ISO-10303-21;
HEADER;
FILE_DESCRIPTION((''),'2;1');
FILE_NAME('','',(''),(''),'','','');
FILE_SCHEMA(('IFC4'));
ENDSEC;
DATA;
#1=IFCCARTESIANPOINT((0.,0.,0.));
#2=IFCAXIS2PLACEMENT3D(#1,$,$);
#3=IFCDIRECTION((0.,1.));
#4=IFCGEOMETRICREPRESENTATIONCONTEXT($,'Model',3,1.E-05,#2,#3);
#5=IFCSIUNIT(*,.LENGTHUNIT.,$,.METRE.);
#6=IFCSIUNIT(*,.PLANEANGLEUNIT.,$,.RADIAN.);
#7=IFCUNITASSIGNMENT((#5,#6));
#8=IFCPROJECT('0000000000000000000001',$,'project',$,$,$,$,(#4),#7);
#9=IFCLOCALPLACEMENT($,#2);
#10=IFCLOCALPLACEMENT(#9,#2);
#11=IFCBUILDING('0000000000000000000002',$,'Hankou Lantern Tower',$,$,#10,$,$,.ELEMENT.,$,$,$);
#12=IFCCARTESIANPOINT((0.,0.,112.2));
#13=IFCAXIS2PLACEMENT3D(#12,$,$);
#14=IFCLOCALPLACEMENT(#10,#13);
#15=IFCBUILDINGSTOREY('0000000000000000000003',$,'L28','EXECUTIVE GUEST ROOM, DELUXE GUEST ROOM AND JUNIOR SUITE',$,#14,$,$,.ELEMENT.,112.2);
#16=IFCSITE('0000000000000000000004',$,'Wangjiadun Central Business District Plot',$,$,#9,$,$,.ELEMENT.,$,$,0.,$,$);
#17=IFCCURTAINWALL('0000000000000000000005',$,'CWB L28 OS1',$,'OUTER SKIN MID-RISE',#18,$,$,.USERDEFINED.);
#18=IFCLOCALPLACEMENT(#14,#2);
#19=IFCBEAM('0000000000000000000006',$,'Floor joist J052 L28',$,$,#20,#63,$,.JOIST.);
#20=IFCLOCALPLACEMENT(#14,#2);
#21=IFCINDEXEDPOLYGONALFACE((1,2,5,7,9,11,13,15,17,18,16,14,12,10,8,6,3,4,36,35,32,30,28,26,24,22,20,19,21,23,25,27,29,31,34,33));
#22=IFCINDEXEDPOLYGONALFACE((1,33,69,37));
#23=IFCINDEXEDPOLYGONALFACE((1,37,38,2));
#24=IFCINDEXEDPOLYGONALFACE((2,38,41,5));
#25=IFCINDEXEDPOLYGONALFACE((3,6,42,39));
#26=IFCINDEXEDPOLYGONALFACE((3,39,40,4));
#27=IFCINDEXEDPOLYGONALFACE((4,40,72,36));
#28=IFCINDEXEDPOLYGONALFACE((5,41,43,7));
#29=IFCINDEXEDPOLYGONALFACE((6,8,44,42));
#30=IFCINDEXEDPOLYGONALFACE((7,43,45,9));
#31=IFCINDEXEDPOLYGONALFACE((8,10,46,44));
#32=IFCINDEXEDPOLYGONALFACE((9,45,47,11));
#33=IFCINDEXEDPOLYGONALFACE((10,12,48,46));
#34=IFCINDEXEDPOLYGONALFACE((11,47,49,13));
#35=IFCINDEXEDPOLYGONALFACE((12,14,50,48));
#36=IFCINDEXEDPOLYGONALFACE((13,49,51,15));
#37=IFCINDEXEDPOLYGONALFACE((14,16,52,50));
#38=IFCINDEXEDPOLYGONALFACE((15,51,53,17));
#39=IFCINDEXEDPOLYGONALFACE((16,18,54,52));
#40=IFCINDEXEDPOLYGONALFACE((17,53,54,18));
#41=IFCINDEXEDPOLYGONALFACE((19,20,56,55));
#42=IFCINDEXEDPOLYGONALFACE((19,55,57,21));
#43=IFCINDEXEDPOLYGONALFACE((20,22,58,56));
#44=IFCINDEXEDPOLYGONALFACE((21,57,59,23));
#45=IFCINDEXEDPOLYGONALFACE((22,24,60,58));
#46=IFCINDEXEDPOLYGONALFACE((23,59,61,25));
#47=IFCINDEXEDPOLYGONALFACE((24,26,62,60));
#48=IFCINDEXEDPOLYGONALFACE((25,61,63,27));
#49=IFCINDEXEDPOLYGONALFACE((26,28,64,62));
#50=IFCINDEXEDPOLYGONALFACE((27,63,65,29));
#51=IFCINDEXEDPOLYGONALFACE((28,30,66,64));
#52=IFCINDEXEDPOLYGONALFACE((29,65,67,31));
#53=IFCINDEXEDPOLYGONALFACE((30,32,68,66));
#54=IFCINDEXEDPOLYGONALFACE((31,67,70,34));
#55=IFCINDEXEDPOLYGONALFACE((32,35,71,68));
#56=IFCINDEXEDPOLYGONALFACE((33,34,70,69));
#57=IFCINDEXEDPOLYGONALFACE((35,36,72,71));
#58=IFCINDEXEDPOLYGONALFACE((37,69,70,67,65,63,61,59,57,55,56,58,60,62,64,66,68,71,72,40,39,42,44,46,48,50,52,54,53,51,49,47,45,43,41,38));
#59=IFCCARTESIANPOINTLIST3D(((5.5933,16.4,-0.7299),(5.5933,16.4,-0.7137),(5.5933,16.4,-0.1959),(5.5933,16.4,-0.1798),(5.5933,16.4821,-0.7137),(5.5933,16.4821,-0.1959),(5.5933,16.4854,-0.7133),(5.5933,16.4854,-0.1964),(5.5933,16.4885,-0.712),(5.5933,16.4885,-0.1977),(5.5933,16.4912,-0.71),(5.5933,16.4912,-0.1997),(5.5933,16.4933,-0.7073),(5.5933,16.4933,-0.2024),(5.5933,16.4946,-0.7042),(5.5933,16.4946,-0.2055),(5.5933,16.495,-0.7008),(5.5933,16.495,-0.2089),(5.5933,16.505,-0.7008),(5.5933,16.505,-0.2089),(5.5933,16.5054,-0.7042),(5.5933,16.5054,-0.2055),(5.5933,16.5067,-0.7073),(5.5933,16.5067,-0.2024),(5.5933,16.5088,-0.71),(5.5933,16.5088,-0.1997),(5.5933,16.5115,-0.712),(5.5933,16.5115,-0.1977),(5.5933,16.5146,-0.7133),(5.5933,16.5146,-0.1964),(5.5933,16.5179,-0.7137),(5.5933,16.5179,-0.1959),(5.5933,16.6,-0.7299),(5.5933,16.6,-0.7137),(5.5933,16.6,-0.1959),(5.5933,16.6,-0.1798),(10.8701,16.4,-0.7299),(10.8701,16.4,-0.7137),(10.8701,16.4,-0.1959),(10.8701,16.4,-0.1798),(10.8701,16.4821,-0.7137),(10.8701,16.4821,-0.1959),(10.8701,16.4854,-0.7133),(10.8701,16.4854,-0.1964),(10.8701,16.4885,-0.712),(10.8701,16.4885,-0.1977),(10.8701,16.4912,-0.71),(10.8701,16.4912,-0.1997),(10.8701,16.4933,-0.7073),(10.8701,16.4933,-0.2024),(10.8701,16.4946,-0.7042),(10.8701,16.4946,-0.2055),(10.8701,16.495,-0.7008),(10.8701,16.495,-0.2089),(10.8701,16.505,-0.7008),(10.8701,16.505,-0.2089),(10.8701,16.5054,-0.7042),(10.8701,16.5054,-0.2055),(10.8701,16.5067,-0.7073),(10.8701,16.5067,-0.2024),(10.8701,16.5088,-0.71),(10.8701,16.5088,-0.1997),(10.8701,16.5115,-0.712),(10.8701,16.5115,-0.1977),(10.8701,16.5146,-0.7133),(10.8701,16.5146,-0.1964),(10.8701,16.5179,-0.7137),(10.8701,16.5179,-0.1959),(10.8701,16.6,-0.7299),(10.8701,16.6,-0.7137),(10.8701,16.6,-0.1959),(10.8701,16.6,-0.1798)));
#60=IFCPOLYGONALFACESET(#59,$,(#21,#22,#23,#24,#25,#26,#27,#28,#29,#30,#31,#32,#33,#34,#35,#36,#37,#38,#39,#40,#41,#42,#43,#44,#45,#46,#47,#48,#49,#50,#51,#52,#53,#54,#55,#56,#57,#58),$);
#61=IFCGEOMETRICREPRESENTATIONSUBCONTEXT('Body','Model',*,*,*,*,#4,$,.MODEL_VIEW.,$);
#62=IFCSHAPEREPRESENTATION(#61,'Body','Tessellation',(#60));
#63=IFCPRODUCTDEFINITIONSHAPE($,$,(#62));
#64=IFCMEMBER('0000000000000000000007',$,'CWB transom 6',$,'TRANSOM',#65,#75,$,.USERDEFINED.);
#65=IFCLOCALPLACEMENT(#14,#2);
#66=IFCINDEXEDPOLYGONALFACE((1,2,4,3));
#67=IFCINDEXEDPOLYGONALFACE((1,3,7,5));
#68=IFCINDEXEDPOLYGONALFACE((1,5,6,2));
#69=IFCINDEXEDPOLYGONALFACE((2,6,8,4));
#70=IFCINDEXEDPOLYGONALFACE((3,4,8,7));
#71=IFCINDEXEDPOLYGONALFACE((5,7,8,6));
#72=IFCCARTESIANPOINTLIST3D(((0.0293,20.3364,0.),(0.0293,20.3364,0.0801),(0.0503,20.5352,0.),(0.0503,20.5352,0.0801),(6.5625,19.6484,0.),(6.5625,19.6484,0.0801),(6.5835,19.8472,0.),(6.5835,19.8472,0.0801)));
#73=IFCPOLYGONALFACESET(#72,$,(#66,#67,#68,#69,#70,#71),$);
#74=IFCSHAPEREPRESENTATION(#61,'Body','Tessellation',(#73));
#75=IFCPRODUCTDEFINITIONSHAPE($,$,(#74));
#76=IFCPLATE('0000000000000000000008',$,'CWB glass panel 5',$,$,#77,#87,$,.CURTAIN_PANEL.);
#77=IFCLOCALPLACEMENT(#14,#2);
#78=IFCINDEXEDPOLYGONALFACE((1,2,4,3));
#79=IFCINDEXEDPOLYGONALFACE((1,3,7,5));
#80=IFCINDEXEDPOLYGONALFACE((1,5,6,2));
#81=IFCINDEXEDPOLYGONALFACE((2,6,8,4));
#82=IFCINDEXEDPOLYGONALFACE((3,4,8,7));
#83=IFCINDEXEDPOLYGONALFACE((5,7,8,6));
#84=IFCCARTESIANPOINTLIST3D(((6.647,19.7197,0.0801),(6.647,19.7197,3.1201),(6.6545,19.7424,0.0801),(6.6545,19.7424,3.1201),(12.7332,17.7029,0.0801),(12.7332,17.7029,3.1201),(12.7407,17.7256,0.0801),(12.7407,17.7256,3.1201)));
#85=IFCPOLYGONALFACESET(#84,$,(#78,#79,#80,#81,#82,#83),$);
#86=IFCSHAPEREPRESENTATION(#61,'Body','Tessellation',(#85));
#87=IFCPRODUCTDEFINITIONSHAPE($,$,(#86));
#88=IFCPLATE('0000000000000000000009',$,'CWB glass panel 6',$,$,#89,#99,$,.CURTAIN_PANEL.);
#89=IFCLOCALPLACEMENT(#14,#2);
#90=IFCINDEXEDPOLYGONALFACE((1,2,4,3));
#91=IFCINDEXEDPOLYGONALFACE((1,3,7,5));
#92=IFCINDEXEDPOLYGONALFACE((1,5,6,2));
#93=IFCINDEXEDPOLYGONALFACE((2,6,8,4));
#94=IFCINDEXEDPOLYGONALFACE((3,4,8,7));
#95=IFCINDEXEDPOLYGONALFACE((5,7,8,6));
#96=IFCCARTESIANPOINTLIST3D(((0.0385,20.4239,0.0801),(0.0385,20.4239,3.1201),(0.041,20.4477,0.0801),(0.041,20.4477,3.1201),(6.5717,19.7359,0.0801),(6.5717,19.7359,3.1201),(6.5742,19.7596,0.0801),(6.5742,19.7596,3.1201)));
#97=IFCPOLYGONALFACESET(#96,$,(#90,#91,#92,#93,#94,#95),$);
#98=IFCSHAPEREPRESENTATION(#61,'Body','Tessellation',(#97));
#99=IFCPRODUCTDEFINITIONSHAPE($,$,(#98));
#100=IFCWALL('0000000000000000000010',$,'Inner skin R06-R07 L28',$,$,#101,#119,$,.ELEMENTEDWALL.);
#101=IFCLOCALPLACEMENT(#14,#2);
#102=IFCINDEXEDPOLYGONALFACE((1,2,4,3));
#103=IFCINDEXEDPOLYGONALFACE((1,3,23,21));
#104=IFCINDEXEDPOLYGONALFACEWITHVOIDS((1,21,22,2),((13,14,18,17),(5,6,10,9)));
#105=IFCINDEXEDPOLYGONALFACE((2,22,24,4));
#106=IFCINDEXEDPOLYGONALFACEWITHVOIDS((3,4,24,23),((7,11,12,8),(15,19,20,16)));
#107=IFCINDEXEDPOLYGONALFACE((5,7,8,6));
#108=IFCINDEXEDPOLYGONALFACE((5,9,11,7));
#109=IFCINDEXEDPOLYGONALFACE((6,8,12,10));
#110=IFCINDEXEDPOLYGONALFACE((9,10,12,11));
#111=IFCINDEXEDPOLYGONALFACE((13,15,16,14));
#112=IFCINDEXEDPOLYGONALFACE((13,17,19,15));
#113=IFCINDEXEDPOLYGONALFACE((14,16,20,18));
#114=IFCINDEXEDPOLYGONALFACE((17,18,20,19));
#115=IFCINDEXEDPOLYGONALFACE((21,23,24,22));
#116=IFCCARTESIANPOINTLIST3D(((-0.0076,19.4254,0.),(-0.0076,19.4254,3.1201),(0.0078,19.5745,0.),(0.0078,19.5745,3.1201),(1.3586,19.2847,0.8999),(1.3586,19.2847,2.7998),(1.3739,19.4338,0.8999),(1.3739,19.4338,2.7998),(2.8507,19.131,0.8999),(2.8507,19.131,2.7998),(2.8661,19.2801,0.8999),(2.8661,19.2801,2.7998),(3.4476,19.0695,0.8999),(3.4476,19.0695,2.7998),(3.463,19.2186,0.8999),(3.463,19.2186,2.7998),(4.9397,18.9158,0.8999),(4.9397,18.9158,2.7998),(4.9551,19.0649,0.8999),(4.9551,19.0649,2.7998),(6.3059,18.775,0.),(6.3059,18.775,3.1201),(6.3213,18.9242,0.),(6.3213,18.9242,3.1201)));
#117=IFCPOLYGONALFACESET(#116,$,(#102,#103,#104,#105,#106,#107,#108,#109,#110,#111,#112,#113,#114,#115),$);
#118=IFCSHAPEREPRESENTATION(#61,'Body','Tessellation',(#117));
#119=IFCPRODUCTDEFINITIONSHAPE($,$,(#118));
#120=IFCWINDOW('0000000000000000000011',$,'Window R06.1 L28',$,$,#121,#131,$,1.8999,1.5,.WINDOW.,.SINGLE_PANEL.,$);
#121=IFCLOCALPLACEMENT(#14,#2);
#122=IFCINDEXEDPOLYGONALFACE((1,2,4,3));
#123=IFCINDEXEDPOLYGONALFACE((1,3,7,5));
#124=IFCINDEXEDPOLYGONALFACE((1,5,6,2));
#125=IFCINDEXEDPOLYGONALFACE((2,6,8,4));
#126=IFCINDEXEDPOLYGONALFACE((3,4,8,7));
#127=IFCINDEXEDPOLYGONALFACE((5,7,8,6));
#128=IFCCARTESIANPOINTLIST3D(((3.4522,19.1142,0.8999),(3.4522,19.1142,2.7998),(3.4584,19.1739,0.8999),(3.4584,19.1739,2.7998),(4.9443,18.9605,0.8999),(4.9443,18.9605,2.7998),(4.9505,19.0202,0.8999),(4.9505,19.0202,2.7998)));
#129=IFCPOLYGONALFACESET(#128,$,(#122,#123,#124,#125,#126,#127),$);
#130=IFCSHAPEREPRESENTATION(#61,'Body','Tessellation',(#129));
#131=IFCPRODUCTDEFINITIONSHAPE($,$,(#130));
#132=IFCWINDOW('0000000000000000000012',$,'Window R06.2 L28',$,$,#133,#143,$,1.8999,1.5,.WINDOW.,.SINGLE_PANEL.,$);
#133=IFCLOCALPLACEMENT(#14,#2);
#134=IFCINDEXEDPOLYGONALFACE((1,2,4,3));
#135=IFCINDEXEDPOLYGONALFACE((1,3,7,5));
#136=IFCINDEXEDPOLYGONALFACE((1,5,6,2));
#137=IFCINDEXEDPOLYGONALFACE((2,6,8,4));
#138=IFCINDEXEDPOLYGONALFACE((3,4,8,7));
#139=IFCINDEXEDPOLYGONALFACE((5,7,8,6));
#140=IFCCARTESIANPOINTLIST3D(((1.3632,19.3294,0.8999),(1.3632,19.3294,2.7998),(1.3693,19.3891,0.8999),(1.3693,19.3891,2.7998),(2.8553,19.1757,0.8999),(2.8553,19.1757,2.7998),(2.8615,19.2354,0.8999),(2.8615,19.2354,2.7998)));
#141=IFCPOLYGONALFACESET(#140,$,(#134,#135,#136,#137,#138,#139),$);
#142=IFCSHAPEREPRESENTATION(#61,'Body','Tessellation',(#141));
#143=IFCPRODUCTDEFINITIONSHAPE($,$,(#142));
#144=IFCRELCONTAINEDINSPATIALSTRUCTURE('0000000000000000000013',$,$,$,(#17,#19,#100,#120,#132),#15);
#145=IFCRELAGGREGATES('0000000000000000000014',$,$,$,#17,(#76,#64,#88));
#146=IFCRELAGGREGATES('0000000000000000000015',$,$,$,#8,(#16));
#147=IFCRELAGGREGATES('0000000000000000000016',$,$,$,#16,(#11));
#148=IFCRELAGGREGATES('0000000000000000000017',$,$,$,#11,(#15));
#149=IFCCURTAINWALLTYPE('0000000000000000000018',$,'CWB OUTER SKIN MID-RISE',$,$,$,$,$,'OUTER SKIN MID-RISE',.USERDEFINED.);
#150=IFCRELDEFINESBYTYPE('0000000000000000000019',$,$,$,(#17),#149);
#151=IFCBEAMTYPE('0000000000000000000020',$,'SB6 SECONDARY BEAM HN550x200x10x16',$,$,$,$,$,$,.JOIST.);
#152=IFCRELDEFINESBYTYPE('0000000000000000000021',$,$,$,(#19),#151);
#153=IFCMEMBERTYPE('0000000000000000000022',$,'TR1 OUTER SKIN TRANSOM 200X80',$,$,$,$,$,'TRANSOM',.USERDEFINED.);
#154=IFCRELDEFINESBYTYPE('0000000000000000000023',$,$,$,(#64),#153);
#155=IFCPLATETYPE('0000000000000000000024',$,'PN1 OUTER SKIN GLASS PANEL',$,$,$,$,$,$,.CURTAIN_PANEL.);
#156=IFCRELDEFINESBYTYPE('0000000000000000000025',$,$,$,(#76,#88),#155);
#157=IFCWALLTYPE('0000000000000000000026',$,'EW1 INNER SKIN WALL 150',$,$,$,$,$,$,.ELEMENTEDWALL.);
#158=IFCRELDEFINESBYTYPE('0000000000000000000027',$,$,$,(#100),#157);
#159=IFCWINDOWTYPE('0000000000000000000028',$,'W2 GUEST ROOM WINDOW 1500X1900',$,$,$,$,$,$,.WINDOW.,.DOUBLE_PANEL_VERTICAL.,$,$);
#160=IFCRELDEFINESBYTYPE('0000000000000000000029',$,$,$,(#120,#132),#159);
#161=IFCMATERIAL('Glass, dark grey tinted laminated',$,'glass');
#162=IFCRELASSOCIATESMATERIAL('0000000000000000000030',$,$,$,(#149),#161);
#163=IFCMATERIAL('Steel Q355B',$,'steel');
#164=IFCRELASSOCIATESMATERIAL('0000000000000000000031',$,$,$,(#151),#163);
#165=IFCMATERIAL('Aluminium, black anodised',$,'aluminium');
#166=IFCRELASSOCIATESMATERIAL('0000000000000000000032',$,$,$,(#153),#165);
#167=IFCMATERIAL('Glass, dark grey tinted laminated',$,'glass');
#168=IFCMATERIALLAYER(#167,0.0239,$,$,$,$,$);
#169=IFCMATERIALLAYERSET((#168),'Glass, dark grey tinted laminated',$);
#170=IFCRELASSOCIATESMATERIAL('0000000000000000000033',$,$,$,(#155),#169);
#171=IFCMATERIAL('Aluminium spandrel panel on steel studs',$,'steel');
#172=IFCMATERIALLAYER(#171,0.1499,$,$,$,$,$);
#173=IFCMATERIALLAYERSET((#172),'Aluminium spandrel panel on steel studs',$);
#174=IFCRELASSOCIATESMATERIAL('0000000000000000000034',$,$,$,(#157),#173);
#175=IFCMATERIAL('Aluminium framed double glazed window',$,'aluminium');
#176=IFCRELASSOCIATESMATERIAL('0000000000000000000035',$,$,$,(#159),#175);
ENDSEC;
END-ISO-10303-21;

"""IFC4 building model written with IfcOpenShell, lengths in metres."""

from ifc_helpers import new_model, si_unit, direction, frame, frame_2d, origin, origin_2d, place, context, subcontext, project, spatial, rectangle, i_section, extrude, material, layer, layer_set, material_profile, profile_set, type_object, element, fill, aggregate, save


model = new_model("IFC4")

# Units and contexts
model_context = context("Model", 3, precision=1e-05, world=origin(), true_north=direction((0.0, 1.0)))
body_context = subcontext(model_context, "Body", "Model", "MODEL_VIEW")
ifc_project = project(units=[si_unit("LENGTHUNIT", "METRE"), si_unit("PLANEANGLEUNIT", "RADIAN")], contexts=[model_context])

# Site, building, storey
site_placement = place(None, origin())
site = spatial("IfcSite", under=ifc_project, at=site_placement, Name="Wangjiadun Central Business District Plot", CompositionType="ELEMENT", RefElevation=0.0)
building_placement = place(site_placement, origin())
building = spatial("IfcBuilding", under=site, at=building_placement, Name="Hankou Lantern Tower", CompositionType="ELEMENT")
storey_placement = place(building_placement, frame((0.0, 0.0, 112.2)))
storey = spatial("IfcBuildingStorey", under=building, at=storey_placement, Name="L28", Description="EXECUTIVE GUEST ROOM, DELUXE GUEST ROOM AND JUNIOR SUITE", CompositionType="ELEMENT", Elevation=112.2)

# Curtain wall
ifc_material_1 = material(Name="Glass, dark grey tinted laminated", Category="glass")
curtain_wall_type = type_object("IfcCurtainWallType", Name="CWB OUTER SKIN MID-RISE", ElementType="OUTER SKIN MID-RISE", PredefinedType="USERDEFINED", material=ifc_material_1)
curtain_wall_1_placement = place(storey_placement, origin())
curtain_wall_1 = element("IfcCurtainWall", 1, at=curtain_wall_1_placement, inside=storey, type_object=curtain_wall_type, Name="CWB L28 OS1", ObjectType="OUTER SKIN MID-RISE", PredefinedType="USERDEFINED")

# Beam
ifc_material_2 = material(Name="Steel Q355B", Category="steel")
ifc_material_profile_1 = material_profile(ifc_material_2, i_section(OverallWidth=0.2, OverallDepth=0.55, WebThickness=0.01, FlangeThickness=0.0161, FilletRadius=0.0129, at=origin_2d()), Name="HN550x200x10x16")
ifc_profile_set_1 = profile_set([ifc_material_profile_1], Name="Steel Q355B")
beam_type_1 = type_object("IfcBeamType", Name="SB6 SECONDARY BEAM HN550x200x10x16", PredefinedType="JOIST", material=ifc_profile_set_1)
beam_1_placement = place(storey_placement, frame((5.5933, 16.5, -0.4548), z_axis=(1.0, 0.0, 0.0), x_axis=(0.0, 1.0, 0.0)))
element("IfcBeam", 2, at=beam_1_placement, inside=storey, type_object=beam_type_1, Name="Floor joist J052 L28", PredefinedType="JOIST", context=body_context, shape_type="SweptSolid", body=[
    extrude(i_section(OverallWidth=0.2, OverallDepth=0.55, WebThickness=0.01, FlangeThickness=0.0161, FilletRadius=0.0129, at=origin_2d()), origin(), (0.0, 0.0, 1.0), 5.2769),
])

# Member
ifc_material_3 = material(Name="Aluminium, black anodised", Category="aluminium")
ifc_material_profile_2 = material_profile(ifc_material_3, rectangle(XDim=0.2, YDim=0.0801, at=origin_2d()), Name="TR1 200X80")
ifc_profile_set_2 = profile_set([ifc_material_profile_2], Name="Aluminium, black anodised")
member_type_1 = type_object("IfcMemberType", Name="TR1 OUTER SKIN TRANSOM 200X80", ElementType="TRANSOM", PredefinedType="USERDEFINED", material=ifc_profile_set_2)
member_1_placement = place(storey_placement, frame((6.573, 19.7478, 0.04), z_axis=(-0.994501, 0.104727, 0.0), x_axis=(-0.104727, -0.994501, 0.0)))
member_1 = element("IfcMember", 3, at=member_1_placement, type_object=member_type_1, Name="CWB transom 6", ObjectType="TRANSOM", PredefinedType="USERDEFINED", context=body_context, shape_type="SweptSolid", body=[
    extrude(rectangle(XDim=0.2, YDim=0.0801, at=origin_2d()), origin(), (0.0, 0.0, 1.0), 6.5693),
])

# Plates
ifc_material_4 = material(Name="Glass, dark grey tinted laminated", Category="glass")
ifc_layer_1 = layer(ifc_material_4, 0.0239)
ifc_layer_set_1 = layer_set([ifc_layer_1], Name="Glass, dark grey tinted laminated")
plate_type = type_object("IfcPlateType", Name="PN1 OUTER SKIN GLASS PANEL", PredefinedType="CURTAIN_PANEL", material=ifc_layer_set_1)
plate_1_placement = place(storey_placement, frame((9.6938, 18.7227, 0.0801), z_axis=(0.0, 0.0, 1.0), x_axis=(-0.949241, 0.314551, 0.0)))
plate_1 = element("IfcPlate", 4, at=plate_1_placement, type_object=plate_type, Name="CWB glass panel 5", PredefinedType="CURTAIN_PANEL", context=body_context, shape_type="SweptSolid", body=[
    extrude(rectangle(XDim=6.4116, YDim=0.0239, at=origin_2d()), origin(), (0.0, 0.0, 1.0), 3.04),
])
plate_2_placement = place(storey_placement, frame((3.3064, 20.0918, 0.0801), z_axis=(0.0, 0.0, 1.0), x_axis=(-0.994499, 0.104743, 0.0)))
plate_2 = element("IfcPlate", 5, at=plate_2_placement, type_object=plate_type, Name="CWB glass panel 6", PredefinedType="CURTAIN_PANEL", context=body_context, shape_type="SweptSolid", body=[
    extrude(rectangle(XDim=6.5693, YDim=0.0239, at=origin_2d()), origin(), (0.0, 0.0, 1.0), 3.04),
])
aggregate(curtain_wall_1, [plate_1, member_1, plate_2])

# Wall, openings, windows
ifc_material_5 = material(Name="Aluminium spandrel panel on steel studs", Category="steel")
ifc_layer_2 = layer(ifc_material_5, 0.1499)
ifc_layer_set_2 = layer_set([ifc_layer_2], Name="Aluminium spandrel panel on steel studs")
wall_type_1 = type_object("IfcWallType", Name="EW1 INNER SKIN WALL 150", PredefinedType="ELEMENTEDWALL", material=ifc_layer_set_2)
wall_1_placement = place(storey_placement, frame((6.3135, 18.8496, 0.0), z_axis=(0.0, 0.0, 1.0), x_axis=(-0.994736, 0.102474, 0.0)))
wall_1 = element("IfcWall", 6, at=wall_1_placement, inside=storey, type_object=wall_type_1, Name="Inner skin R06-R07 L28", PredefinedType="ELEMENTEDWALL", context=body_context, shape_type="SweptSolid", body=[
    extrude(rectangle(XDim=6.3469, YDim=0.1499, at=frame_2d((3.1733, 0.0))), origin(), (0.0, 0.0, 1.0), 3.1201),
])
opening_1_placement = place(wall_1_placement, frame((1.3733, 0.0, 0.8999)))
opening_1 = element("IfcOpeningElement", 7, at=opening_1_placement, cuts=wall_1, PredefinedType="OPENING", context=body_context, shape_type="SweptSolid", body=[
    extrude(rectangle(XDim=1.5, YDim=1.8999, at=frame_2d((0.75, 0.95))), frame((0.0, 0.085, 0.0), z_axis=(0.0, -1.0, 0.0), x_axis=(1.0, 0.0, 0.0)), (0.0, 0.0, 1.0), 0.1699),
])
opening_2_placement = place(wall_1_placement, frame((3.4734, 0.0, 0.8999)))
opening_2 = element("IfcOpeningElement", 8, at=opening_2_placement, cuts=wall_1, PredefinedType="OPENING", context=body_context, shape_type="SweptSolid", body=[
    extrude(rectangle(XDim=1.5, YDim=1.8999, at=frame_2d((0.75, 0.95))), frame((0.0, 0.085, 0.0), z_axis=(0.0, -1.0, 0.0), x_axis=(1.0, 0.0, 0.0)), (0.0, 0.0, 1.0), 0.1699),
])
ifc_material_6 = material(Name="Aluminium framed double glazed window", Category="aluminium")
window_type = type_object("IfcWindowType", Name="W2 GUEST ROOM WINDOW 1500X1900", PartitioningType="DOUBLE_PANEL_VERTICAL", PredefinedType="WINDOW", material=ifc_material_6)
window_1_placement = place(opening_1_placement, origin())
window_1 = element("IfcWindow", 9, at=window_1_placement, inside=storey, type_object=window_type, Name="Window R06.1 L28", OverallHeight=1.8999, OverallWidth=1.5, PartitioningType="SINGLE_PANEL", PredefinedType="WINDOW", context=body_context, shape_type="SweptSolid", body=[
    extrude(rectangle(XDim=1.5, YDim=1.8999, at=frame_2d((0.75, 0.95))), frame((0.0, 0.03, 0.0), z_axis=(0.0, -1.0, 0.0), x_axis=(1.0, 0.0, 0.0)), (0.0, 0.0, 1.0), 0.0601),
])
fill(opening_1, window_1)
window_2_placement = place(opening_2_placement, origin())
window_2 = element("IfcWindow", 10, at=window_2_placement, inside=storey, type_object=window_type, Name="Window R06.2 L28", OverallHeight=1.8999, OverallWidth=1.5, PartitioningType="SINGLE_PANEL", PredefinedType="WINDOW", context=body_context, shape_type="SweptSolid", body=[
    extrude(rectangle(XDim=1.5, YDim=1.8999, at=frame_2d((0.75, 0.95))), frame((0.0, 0.03, 0.0), z_axis=(0.0, -1.0, 0.0), x_axis=(1.0, 0.0, 0.0)), (0.0, 0.0, 1.0), 0.0601),
])
fill(opening_2, window_2)

save(model, "model.ifc")
